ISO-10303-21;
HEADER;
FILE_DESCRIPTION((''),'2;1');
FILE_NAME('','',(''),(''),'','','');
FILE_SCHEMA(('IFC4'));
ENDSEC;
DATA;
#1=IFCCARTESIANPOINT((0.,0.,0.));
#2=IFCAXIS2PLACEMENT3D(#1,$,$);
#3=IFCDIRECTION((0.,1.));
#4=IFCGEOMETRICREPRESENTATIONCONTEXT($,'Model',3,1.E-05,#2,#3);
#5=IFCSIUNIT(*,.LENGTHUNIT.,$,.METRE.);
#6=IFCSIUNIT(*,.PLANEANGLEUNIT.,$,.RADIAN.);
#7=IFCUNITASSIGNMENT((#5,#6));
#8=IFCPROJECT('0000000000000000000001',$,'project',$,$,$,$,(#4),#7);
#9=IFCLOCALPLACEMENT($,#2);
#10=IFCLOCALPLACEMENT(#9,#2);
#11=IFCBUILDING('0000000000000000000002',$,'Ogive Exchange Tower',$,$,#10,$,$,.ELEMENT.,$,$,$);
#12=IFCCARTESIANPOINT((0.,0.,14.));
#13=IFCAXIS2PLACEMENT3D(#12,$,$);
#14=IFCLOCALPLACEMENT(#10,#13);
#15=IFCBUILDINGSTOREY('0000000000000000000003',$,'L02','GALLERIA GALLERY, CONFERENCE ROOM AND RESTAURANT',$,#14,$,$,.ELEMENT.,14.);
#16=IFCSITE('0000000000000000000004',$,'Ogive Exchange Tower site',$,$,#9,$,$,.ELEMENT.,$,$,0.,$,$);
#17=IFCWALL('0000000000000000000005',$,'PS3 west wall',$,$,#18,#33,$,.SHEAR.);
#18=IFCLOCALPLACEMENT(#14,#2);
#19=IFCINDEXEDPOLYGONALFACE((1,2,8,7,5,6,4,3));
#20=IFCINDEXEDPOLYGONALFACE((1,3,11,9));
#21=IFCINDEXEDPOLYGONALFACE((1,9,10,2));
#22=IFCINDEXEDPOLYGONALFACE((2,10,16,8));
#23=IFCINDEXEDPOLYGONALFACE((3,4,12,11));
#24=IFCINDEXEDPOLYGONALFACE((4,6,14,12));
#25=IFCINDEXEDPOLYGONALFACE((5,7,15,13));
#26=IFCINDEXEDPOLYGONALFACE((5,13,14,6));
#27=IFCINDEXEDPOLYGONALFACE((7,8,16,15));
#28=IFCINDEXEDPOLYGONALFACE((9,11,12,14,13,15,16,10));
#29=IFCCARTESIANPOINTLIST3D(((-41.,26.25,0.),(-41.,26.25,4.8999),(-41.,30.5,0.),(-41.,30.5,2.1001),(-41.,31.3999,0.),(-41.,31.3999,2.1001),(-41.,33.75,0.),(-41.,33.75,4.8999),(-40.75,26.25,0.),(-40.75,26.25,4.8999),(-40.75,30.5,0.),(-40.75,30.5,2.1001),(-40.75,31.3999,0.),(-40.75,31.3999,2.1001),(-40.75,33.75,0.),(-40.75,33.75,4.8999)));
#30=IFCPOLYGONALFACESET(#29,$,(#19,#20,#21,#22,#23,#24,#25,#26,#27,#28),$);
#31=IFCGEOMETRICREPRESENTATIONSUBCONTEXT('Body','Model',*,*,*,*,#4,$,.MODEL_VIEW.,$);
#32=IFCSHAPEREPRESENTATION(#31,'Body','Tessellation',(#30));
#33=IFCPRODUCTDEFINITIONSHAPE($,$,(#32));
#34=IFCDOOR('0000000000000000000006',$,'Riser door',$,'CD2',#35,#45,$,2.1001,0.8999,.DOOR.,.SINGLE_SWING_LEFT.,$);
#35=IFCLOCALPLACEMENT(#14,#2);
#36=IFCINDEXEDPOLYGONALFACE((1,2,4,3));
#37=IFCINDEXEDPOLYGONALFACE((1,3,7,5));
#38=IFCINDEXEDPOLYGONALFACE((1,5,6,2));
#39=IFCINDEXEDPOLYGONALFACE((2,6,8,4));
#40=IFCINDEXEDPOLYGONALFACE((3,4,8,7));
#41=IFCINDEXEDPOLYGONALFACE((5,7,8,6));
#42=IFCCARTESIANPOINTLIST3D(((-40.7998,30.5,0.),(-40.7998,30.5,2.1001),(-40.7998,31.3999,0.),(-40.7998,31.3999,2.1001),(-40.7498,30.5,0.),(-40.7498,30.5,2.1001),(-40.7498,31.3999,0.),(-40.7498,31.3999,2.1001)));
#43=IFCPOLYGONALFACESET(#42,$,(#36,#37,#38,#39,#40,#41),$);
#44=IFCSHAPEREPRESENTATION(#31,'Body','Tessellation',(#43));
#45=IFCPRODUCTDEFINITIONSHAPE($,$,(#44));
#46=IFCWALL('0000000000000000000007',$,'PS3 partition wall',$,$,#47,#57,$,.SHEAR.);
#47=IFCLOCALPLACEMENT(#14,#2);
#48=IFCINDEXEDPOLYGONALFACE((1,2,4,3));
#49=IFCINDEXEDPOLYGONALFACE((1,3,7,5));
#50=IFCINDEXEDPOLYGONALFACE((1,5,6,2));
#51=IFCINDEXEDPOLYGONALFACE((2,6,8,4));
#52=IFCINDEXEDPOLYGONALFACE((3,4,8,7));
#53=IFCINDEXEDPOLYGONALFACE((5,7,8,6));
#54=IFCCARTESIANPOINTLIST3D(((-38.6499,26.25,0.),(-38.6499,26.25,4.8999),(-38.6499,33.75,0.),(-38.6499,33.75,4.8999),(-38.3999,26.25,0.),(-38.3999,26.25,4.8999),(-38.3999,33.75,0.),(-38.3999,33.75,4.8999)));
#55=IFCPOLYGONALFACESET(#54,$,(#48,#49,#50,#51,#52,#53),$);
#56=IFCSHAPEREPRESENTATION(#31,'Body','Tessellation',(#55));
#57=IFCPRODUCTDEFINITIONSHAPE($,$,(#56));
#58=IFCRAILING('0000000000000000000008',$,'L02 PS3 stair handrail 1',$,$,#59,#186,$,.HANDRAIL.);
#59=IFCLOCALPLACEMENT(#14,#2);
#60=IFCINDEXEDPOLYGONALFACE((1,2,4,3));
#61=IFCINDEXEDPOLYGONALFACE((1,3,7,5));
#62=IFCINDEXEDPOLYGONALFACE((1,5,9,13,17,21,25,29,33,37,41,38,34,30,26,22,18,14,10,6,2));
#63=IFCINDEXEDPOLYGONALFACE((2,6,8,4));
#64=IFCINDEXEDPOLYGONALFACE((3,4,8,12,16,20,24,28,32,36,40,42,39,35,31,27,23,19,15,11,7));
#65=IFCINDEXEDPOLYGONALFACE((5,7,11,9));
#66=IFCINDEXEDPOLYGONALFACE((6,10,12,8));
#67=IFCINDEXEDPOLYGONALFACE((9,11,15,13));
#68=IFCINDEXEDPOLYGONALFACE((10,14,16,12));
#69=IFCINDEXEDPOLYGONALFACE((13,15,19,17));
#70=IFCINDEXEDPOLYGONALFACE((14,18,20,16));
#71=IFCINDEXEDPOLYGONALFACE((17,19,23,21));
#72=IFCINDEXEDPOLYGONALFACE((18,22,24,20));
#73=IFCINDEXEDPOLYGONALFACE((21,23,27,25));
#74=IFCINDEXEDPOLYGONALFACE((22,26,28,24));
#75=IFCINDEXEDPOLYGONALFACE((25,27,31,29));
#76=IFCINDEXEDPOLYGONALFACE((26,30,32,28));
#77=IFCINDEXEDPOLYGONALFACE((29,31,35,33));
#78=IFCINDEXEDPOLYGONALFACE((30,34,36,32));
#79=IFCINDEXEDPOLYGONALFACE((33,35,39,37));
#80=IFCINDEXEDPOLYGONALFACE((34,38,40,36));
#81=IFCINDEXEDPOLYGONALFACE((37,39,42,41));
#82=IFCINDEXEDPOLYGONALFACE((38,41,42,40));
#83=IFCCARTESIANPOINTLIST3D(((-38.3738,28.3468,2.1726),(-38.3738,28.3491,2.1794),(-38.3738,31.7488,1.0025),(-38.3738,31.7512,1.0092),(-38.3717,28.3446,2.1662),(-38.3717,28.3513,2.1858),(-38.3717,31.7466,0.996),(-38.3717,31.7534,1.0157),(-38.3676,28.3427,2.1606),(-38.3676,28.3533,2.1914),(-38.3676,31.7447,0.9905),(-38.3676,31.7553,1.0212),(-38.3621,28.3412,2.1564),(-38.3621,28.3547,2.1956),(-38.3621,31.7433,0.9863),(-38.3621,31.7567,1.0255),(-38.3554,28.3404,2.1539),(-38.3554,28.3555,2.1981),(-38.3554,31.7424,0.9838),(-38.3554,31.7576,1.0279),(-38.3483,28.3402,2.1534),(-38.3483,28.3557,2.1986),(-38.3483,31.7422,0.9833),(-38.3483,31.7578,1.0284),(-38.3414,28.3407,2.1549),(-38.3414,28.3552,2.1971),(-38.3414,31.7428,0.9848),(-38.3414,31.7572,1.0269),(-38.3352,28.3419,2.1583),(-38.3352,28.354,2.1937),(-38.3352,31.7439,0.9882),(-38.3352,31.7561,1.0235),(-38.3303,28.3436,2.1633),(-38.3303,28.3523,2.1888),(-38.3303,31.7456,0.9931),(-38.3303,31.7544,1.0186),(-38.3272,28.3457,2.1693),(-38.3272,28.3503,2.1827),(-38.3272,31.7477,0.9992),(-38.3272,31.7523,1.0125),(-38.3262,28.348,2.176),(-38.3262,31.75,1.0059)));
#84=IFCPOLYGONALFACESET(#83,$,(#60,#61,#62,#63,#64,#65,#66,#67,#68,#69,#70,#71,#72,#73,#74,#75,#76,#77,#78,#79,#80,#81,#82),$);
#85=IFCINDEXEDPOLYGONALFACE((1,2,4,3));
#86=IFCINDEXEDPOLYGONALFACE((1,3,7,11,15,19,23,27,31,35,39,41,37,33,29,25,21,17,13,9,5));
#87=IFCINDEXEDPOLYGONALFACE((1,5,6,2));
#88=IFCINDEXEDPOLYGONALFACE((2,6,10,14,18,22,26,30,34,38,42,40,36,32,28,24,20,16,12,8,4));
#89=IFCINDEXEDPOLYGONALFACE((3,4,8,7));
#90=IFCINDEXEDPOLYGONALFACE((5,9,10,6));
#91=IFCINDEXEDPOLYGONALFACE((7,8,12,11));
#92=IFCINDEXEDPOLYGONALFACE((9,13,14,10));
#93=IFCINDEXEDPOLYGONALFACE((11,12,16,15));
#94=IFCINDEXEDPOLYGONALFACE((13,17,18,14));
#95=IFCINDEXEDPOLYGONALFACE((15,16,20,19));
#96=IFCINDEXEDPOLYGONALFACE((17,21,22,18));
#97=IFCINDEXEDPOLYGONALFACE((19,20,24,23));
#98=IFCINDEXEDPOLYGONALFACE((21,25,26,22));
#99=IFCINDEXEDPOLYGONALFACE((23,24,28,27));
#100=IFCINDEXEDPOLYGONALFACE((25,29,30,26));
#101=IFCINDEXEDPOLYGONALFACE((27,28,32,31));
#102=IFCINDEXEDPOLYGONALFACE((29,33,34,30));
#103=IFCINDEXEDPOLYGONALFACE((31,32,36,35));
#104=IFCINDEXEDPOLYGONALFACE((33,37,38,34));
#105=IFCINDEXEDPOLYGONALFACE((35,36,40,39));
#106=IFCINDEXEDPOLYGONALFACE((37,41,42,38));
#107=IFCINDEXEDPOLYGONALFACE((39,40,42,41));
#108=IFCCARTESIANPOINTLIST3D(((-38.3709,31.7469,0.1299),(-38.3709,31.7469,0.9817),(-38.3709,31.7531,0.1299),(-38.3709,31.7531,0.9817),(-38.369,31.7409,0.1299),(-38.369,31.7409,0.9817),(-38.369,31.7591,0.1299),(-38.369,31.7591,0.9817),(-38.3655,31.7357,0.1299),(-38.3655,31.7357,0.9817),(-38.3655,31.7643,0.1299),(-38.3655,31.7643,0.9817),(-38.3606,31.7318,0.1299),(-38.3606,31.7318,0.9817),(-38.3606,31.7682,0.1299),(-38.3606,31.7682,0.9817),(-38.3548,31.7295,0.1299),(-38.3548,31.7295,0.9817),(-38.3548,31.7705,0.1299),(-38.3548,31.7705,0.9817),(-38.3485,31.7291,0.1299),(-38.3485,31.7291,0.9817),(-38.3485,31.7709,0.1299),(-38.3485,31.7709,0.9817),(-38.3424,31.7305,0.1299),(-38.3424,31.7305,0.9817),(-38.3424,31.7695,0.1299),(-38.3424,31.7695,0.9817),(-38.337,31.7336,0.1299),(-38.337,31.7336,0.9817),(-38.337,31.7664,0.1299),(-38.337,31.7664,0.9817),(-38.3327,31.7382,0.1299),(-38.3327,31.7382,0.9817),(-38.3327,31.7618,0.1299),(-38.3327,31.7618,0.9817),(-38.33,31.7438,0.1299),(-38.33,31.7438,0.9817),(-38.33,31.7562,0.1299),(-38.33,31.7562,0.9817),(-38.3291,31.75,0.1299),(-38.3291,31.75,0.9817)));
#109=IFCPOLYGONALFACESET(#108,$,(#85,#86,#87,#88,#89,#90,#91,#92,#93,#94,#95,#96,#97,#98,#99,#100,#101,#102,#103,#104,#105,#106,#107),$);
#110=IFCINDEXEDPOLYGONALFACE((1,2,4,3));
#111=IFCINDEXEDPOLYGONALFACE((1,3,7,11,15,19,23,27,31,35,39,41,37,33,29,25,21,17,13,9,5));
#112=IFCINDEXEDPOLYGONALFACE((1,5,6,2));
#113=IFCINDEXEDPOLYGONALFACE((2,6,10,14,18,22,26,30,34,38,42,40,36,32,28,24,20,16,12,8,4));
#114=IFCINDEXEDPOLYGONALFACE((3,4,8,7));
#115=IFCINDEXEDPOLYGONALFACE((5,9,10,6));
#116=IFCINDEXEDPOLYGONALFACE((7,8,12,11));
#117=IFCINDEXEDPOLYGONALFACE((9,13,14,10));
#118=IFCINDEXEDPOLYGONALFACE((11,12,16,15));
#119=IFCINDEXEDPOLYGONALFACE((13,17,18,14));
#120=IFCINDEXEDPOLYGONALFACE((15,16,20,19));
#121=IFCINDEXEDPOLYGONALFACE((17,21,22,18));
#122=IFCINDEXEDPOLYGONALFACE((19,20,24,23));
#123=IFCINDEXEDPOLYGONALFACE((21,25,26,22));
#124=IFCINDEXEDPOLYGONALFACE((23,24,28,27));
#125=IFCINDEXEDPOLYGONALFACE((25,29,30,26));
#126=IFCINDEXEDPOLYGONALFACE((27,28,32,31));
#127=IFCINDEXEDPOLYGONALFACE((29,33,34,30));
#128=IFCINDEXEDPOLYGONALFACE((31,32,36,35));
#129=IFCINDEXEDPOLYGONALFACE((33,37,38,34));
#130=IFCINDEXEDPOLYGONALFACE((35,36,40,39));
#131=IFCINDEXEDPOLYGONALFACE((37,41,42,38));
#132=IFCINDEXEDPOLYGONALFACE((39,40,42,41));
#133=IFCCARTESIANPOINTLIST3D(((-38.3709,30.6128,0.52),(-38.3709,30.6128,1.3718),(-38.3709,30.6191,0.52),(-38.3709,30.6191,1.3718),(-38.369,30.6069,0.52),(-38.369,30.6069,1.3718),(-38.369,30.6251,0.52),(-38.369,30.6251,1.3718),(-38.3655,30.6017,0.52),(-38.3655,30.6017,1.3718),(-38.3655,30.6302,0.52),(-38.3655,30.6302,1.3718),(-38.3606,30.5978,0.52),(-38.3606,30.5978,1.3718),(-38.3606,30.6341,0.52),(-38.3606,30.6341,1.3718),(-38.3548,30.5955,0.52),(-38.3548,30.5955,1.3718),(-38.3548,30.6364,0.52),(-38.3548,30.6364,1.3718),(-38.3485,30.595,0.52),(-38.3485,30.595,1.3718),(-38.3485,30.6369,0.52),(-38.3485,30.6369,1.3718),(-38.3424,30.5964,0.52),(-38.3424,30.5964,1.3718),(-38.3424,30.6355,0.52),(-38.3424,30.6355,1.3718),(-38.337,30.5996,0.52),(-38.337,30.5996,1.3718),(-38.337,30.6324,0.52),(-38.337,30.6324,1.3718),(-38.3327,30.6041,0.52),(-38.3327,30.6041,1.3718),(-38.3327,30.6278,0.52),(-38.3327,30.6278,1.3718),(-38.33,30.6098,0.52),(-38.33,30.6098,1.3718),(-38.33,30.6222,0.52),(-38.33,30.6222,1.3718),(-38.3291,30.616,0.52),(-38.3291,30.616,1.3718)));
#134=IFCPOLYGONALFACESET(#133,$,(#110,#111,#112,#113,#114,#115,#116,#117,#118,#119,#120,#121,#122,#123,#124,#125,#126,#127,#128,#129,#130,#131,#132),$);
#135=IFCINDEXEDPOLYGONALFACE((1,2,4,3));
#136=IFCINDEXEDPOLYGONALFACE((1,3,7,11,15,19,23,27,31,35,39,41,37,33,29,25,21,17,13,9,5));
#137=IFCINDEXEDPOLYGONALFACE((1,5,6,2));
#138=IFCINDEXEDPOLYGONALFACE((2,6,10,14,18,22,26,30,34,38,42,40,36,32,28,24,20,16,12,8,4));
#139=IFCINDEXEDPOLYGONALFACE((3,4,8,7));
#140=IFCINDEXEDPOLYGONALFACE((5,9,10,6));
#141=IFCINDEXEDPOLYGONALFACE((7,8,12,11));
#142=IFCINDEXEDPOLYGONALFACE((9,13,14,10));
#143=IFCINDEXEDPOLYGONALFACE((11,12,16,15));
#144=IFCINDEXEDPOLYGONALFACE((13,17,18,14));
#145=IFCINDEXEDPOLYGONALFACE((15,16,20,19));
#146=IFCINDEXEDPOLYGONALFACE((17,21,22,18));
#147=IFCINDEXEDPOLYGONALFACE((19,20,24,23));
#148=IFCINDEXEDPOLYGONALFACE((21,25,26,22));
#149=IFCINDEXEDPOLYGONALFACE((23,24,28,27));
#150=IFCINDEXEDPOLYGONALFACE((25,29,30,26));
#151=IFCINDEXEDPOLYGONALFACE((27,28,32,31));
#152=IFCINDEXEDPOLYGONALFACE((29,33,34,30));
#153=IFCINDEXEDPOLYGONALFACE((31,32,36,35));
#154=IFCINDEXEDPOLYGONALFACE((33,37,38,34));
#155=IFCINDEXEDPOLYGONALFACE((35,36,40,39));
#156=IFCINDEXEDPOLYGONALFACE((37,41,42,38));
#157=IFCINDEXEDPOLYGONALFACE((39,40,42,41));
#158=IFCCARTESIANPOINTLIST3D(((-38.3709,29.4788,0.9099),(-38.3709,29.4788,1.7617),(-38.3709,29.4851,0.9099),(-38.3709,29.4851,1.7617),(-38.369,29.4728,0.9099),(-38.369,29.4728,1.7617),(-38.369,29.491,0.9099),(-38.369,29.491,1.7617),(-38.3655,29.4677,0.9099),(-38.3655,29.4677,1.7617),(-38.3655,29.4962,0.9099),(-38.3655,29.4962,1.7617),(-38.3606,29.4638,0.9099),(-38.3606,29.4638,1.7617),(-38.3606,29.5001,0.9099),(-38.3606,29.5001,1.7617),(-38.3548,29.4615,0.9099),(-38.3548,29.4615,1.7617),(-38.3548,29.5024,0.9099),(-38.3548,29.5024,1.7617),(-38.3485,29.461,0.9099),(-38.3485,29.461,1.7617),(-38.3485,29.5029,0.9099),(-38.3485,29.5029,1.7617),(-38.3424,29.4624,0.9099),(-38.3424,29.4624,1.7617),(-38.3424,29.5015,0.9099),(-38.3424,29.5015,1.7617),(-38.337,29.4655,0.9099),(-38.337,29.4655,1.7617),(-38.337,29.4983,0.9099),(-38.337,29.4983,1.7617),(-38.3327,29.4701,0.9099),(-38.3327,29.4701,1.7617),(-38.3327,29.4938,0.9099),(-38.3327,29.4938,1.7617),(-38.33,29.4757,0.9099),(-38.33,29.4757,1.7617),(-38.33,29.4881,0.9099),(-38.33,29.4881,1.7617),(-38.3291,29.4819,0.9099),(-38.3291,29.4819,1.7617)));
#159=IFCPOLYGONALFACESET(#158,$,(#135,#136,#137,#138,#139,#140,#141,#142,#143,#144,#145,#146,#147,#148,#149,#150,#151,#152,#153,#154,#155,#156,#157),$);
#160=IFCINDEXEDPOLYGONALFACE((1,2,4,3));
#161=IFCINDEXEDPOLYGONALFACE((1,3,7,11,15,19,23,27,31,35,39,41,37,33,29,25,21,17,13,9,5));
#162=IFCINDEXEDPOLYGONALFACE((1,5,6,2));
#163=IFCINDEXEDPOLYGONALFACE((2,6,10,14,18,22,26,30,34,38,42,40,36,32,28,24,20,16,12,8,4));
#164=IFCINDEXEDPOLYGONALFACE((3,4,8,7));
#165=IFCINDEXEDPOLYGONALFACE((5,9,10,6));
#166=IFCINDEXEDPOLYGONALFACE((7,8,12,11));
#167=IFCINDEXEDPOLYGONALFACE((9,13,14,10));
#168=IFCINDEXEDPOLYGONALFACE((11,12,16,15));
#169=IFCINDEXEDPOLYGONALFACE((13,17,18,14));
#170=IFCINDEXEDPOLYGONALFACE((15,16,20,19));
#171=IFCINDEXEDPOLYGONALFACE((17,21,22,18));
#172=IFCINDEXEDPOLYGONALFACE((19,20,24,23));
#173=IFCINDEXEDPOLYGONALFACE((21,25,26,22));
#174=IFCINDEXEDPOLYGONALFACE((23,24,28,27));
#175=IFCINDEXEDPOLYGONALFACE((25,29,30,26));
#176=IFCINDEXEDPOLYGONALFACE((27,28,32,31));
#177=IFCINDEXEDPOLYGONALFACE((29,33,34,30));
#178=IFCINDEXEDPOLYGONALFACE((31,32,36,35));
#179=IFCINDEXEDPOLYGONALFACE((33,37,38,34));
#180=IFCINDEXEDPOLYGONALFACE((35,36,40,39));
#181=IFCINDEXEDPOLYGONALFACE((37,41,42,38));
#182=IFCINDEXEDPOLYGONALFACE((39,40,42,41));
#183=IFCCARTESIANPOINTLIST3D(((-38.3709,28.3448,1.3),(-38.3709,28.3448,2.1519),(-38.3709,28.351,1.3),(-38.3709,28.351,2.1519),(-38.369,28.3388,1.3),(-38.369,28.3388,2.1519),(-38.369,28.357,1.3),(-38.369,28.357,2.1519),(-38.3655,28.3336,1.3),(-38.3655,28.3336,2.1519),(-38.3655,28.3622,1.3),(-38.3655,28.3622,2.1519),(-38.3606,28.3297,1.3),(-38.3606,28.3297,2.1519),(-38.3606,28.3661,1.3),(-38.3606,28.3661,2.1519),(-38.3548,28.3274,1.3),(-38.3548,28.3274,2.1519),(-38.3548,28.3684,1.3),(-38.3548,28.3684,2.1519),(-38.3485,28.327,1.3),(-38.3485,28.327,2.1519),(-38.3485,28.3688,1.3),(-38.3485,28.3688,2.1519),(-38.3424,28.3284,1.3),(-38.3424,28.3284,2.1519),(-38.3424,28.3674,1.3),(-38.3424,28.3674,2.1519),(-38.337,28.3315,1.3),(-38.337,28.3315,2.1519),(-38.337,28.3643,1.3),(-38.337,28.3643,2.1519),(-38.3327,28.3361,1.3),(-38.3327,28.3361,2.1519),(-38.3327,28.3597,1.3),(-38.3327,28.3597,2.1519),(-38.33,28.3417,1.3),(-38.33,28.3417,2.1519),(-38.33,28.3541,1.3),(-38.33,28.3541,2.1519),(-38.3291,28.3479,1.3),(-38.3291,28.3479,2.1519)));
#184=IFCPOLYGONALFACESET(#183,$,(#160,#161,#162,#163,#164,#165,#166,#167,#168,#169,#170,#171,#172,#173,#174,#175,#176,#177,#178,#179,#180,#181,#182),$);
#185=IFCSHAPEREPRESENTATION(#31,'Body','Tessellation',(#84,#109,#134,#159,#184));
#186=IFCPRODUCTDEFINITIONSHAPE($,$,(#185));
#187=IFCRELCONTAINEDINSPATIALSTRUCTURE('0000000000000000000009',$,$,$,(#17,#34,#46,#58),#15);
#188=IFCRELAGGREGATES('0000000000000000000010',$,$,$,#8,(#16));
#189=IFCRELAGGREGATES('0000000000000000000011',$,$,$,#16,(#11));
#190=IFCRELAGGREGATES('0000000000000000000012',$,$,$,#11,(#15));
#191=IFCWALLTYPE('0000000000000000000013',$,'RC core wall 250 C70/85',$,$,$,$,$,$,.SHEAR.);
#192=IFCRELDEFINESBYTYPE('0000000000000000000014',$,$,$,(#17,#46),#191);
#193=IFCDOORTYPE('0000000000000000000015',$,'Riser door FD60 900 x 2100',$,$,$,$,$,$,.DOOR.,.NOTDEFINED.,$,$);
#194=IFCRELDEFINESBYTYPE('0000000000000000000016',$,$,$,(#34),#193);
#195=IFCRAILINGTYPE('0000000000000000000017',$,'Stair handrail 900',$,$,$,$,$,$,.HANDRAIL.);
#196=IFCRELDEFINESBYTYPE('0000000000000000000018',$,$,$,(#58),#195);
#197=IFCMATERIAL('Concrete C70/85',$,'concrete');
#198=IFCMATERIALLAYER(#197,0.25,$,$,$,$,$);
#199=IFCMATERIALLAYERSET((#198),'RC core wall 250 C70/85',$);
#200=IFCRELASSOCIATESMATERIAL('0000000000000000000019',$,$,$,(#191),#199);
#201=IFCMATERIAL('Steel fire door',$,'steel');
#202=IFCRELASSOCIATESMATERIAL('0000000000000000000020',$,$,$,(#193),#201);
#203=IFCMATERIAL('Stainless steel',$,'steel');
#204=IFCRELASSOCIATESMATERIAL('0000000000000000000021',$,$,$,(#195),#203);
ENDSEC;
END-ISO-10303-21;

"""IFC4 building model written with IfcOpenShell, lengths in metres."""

from ifc_helpers import new_model, si_unit, direction, frame, frame_2d, origin, origin_2d, place, context, subcontext, project, spatial, rectangle, circle, extrude, material, layer, layer_set, type_object, element, fill, save


model = new_model("IFC4")

# Units and contexts
model_context = context("Model", 3, precision=1e-05, world=origin(), true_north=direction((0.0, 1.0)))
body_context = subcontext(model_context, "Body", "Model", "MODEL_VIEW")
ifc_project = project(units=[si_unit("LENGTHUNIT", "METRE"), si_unit("PLANEANGLEUNIT", "RADIAN")], contexts=[model_context])

# Site, building, storey
site_placement = place(None, origin())
site = spatial("IfcSite", under=ifc_project, at=site_placement, Name="Ogive Exchange Tower site", CompositionType="ELEMENT", RefElevation=0.0)
building_placement = place(site_placement, origin())
building = spatial("IfcBuilding", under=site, at=building_placement, Name="Ogive Exchange Tower", CompositionType="ELEMENT")
storey_placement = place(building_placement, frame((0.0, 0.0, 14.0)))
storey = spatial("IfcBuildingStorey", under=building, at=storey_placement, Name="L02", Description="GALLERIA GALLERY, CONFERENCE ROOM AND RESTAURANT", CompositionType="ELEMENT", Elevation=14.0)

# Shared definitions
ifc_material_1 = material(Name="Concrete C70/85", Category="concrete")

# Shared definitions
ifc_layer_1 = layer(ifc_material_1, 0.25)
ifc_layer_set_1 = layer_set([ifc_layer_1], Name="RC core wall 250 C70/85")
wall_type_1 = type_object("IfcWallType", Name="RC core wall 250 C70/85", PredefinedType="SHEAR", material=ifc_layer_set_1)

# Wall, opening, door
wall_1_placement = place(storey_placement, frame((-40.875, 26.25, 0.0), z_axis=(0.0, 0.0, 1.0), x_axis=(0.0, 1.0, 0.0)))
wall_1 = element("IfcWall", 1, at=wall_1_placement, inside=storey, type_object=wall_type_1, Name="PS3 west wall", PredefinedType="SHEAR", context=body_context, shape_type="SweptSolid", body=[
    extrude(rectangle(XDim=7.5, YDim=0.25, at=frame_2d((3.75, 0.0))), origin(), (0.0, 0.0, 1.0), 4.8999),
])
opening_1_placement = place(wall_1_placement, frame((4.25, 0.0, 0.0)))
opening_1 = element("IfcOpeningElement", 2, at=opening_1_placement, cuts=wall_1, PredefinedType="OPENING", context=body_context, shape_type="SweptSolid", body=[
    extrude(rectangle(XDim=0.8999, YDim=2.1001, at=frame_2d((0.45, 1.05))), frame((0.0, 0.135, 0.0), z_axis=(0.0, -1.0, 0.0), x_axis=(1.0, 0.0, 0.0)), (0.0, 0.0, 1.0), 0.27),
])
ifc_material_2 = material(Name="Steel fire door", Category="steel")
door_type = type_object("IfcDoorType", Name="Riser door FD60 900 x 2100", OperationType="NOTDEFINED", PredefinedType="DOOR", material=ifc_material_2)
door_placement = place(opening_1_placement, origin())
door = element("IfcDoor", 3, at=door_placement, inside=storey, type_object=door_type, Name="Riser door", ObjectType="CD2", OperationType="SINGLE_SWING_LEFT", OverallHeight=2.1001, OverallWidth=0.8999, PredefinedType="DOOR", context=body_context, shape_type="SweptSolid", body=[
    extrude(rectangle(XDim=0.8999, YDim=2.1001, at=frame_2d((0.45, 1.05))), frame((0.0, -0.0752, 0.0), z_axis=(0.0, -1.0, 0.0), x_axis=(1.0, 0.0, 0.0)), (0.0, 0.0, 1.0), 0.05),
])
fill(opening_1, door)

# Wall
wall_2_placement = place(storey_placement, frame((-38.5249, 26.25, 0.0), z_axis=(0.0, 0.0, 1.0), x_axis=(0.0, 1.0, 0.0)))
element("IfcWall", 4, at=wall_2_placement, inside=storey, type_object=wall_type_1, Name="PS3 partition wall", PredefinedType="SHEAR", context=body_context, shape_type="SweptSolid", body=[
    extrude(rectangle(XDim=7.5, YDim=0.25, at=frame_2d((3.75, 0.0))), origin(), (0.0, 0.0, 1.0), 4.8999),
])

# Railing
ifc_material_3 = material(Name="Stainless steel", Category="steel")
railing_type = type_object("IfcRailingType", Name="Stair handrail 900", PredefinedType="HANDRAIL", material=ifc_material_3)
railing_1_placement = place(storey_placement, frame((-38.3501, 31.75, 0.1299)))
element("IfcRailing", 5, at=railing_1_placement, inside=storey, type_object=railing_type, Name="L02 PS3 stair handrail 1", PredefinedType="HANDRAIL", context=body_context, shape_type="SweptSolid", body=[
    extrude(circle(Radius=0.0239, at=origin_2d()), frame((0.0, 0.0, 0.876), z_axis=(0.0, -0.945627, 0.325252), x_axis=(1.0, 0.0, 0.0)), (0.0, 0.0, 1.0), 3.5977),
    extrude(circle(Radius=0.021, at=origin_2d()), origin(), (0.0, 0.0, 1.0), 0.8518),
    extrude(circle(Radius=0.021, at=origin_2d()), frame((0.0, -1.134, 0.3901)), (0.0, 0.0, 1.0), 0.8518),
    extrude(circle(Radius=0.021, at=origin_2d()), frame((0.0, -2.2681, 0.78)), (0.0, 0.0, 1.0), 0.8518),
    extrude(circle(Radius=0.021, at=origin_2d()), frame((0.0, -3.4021, 1.1702)), (0.0, 0.0, 1.0), 0.8518),
])

save(model, "model.ifc")
